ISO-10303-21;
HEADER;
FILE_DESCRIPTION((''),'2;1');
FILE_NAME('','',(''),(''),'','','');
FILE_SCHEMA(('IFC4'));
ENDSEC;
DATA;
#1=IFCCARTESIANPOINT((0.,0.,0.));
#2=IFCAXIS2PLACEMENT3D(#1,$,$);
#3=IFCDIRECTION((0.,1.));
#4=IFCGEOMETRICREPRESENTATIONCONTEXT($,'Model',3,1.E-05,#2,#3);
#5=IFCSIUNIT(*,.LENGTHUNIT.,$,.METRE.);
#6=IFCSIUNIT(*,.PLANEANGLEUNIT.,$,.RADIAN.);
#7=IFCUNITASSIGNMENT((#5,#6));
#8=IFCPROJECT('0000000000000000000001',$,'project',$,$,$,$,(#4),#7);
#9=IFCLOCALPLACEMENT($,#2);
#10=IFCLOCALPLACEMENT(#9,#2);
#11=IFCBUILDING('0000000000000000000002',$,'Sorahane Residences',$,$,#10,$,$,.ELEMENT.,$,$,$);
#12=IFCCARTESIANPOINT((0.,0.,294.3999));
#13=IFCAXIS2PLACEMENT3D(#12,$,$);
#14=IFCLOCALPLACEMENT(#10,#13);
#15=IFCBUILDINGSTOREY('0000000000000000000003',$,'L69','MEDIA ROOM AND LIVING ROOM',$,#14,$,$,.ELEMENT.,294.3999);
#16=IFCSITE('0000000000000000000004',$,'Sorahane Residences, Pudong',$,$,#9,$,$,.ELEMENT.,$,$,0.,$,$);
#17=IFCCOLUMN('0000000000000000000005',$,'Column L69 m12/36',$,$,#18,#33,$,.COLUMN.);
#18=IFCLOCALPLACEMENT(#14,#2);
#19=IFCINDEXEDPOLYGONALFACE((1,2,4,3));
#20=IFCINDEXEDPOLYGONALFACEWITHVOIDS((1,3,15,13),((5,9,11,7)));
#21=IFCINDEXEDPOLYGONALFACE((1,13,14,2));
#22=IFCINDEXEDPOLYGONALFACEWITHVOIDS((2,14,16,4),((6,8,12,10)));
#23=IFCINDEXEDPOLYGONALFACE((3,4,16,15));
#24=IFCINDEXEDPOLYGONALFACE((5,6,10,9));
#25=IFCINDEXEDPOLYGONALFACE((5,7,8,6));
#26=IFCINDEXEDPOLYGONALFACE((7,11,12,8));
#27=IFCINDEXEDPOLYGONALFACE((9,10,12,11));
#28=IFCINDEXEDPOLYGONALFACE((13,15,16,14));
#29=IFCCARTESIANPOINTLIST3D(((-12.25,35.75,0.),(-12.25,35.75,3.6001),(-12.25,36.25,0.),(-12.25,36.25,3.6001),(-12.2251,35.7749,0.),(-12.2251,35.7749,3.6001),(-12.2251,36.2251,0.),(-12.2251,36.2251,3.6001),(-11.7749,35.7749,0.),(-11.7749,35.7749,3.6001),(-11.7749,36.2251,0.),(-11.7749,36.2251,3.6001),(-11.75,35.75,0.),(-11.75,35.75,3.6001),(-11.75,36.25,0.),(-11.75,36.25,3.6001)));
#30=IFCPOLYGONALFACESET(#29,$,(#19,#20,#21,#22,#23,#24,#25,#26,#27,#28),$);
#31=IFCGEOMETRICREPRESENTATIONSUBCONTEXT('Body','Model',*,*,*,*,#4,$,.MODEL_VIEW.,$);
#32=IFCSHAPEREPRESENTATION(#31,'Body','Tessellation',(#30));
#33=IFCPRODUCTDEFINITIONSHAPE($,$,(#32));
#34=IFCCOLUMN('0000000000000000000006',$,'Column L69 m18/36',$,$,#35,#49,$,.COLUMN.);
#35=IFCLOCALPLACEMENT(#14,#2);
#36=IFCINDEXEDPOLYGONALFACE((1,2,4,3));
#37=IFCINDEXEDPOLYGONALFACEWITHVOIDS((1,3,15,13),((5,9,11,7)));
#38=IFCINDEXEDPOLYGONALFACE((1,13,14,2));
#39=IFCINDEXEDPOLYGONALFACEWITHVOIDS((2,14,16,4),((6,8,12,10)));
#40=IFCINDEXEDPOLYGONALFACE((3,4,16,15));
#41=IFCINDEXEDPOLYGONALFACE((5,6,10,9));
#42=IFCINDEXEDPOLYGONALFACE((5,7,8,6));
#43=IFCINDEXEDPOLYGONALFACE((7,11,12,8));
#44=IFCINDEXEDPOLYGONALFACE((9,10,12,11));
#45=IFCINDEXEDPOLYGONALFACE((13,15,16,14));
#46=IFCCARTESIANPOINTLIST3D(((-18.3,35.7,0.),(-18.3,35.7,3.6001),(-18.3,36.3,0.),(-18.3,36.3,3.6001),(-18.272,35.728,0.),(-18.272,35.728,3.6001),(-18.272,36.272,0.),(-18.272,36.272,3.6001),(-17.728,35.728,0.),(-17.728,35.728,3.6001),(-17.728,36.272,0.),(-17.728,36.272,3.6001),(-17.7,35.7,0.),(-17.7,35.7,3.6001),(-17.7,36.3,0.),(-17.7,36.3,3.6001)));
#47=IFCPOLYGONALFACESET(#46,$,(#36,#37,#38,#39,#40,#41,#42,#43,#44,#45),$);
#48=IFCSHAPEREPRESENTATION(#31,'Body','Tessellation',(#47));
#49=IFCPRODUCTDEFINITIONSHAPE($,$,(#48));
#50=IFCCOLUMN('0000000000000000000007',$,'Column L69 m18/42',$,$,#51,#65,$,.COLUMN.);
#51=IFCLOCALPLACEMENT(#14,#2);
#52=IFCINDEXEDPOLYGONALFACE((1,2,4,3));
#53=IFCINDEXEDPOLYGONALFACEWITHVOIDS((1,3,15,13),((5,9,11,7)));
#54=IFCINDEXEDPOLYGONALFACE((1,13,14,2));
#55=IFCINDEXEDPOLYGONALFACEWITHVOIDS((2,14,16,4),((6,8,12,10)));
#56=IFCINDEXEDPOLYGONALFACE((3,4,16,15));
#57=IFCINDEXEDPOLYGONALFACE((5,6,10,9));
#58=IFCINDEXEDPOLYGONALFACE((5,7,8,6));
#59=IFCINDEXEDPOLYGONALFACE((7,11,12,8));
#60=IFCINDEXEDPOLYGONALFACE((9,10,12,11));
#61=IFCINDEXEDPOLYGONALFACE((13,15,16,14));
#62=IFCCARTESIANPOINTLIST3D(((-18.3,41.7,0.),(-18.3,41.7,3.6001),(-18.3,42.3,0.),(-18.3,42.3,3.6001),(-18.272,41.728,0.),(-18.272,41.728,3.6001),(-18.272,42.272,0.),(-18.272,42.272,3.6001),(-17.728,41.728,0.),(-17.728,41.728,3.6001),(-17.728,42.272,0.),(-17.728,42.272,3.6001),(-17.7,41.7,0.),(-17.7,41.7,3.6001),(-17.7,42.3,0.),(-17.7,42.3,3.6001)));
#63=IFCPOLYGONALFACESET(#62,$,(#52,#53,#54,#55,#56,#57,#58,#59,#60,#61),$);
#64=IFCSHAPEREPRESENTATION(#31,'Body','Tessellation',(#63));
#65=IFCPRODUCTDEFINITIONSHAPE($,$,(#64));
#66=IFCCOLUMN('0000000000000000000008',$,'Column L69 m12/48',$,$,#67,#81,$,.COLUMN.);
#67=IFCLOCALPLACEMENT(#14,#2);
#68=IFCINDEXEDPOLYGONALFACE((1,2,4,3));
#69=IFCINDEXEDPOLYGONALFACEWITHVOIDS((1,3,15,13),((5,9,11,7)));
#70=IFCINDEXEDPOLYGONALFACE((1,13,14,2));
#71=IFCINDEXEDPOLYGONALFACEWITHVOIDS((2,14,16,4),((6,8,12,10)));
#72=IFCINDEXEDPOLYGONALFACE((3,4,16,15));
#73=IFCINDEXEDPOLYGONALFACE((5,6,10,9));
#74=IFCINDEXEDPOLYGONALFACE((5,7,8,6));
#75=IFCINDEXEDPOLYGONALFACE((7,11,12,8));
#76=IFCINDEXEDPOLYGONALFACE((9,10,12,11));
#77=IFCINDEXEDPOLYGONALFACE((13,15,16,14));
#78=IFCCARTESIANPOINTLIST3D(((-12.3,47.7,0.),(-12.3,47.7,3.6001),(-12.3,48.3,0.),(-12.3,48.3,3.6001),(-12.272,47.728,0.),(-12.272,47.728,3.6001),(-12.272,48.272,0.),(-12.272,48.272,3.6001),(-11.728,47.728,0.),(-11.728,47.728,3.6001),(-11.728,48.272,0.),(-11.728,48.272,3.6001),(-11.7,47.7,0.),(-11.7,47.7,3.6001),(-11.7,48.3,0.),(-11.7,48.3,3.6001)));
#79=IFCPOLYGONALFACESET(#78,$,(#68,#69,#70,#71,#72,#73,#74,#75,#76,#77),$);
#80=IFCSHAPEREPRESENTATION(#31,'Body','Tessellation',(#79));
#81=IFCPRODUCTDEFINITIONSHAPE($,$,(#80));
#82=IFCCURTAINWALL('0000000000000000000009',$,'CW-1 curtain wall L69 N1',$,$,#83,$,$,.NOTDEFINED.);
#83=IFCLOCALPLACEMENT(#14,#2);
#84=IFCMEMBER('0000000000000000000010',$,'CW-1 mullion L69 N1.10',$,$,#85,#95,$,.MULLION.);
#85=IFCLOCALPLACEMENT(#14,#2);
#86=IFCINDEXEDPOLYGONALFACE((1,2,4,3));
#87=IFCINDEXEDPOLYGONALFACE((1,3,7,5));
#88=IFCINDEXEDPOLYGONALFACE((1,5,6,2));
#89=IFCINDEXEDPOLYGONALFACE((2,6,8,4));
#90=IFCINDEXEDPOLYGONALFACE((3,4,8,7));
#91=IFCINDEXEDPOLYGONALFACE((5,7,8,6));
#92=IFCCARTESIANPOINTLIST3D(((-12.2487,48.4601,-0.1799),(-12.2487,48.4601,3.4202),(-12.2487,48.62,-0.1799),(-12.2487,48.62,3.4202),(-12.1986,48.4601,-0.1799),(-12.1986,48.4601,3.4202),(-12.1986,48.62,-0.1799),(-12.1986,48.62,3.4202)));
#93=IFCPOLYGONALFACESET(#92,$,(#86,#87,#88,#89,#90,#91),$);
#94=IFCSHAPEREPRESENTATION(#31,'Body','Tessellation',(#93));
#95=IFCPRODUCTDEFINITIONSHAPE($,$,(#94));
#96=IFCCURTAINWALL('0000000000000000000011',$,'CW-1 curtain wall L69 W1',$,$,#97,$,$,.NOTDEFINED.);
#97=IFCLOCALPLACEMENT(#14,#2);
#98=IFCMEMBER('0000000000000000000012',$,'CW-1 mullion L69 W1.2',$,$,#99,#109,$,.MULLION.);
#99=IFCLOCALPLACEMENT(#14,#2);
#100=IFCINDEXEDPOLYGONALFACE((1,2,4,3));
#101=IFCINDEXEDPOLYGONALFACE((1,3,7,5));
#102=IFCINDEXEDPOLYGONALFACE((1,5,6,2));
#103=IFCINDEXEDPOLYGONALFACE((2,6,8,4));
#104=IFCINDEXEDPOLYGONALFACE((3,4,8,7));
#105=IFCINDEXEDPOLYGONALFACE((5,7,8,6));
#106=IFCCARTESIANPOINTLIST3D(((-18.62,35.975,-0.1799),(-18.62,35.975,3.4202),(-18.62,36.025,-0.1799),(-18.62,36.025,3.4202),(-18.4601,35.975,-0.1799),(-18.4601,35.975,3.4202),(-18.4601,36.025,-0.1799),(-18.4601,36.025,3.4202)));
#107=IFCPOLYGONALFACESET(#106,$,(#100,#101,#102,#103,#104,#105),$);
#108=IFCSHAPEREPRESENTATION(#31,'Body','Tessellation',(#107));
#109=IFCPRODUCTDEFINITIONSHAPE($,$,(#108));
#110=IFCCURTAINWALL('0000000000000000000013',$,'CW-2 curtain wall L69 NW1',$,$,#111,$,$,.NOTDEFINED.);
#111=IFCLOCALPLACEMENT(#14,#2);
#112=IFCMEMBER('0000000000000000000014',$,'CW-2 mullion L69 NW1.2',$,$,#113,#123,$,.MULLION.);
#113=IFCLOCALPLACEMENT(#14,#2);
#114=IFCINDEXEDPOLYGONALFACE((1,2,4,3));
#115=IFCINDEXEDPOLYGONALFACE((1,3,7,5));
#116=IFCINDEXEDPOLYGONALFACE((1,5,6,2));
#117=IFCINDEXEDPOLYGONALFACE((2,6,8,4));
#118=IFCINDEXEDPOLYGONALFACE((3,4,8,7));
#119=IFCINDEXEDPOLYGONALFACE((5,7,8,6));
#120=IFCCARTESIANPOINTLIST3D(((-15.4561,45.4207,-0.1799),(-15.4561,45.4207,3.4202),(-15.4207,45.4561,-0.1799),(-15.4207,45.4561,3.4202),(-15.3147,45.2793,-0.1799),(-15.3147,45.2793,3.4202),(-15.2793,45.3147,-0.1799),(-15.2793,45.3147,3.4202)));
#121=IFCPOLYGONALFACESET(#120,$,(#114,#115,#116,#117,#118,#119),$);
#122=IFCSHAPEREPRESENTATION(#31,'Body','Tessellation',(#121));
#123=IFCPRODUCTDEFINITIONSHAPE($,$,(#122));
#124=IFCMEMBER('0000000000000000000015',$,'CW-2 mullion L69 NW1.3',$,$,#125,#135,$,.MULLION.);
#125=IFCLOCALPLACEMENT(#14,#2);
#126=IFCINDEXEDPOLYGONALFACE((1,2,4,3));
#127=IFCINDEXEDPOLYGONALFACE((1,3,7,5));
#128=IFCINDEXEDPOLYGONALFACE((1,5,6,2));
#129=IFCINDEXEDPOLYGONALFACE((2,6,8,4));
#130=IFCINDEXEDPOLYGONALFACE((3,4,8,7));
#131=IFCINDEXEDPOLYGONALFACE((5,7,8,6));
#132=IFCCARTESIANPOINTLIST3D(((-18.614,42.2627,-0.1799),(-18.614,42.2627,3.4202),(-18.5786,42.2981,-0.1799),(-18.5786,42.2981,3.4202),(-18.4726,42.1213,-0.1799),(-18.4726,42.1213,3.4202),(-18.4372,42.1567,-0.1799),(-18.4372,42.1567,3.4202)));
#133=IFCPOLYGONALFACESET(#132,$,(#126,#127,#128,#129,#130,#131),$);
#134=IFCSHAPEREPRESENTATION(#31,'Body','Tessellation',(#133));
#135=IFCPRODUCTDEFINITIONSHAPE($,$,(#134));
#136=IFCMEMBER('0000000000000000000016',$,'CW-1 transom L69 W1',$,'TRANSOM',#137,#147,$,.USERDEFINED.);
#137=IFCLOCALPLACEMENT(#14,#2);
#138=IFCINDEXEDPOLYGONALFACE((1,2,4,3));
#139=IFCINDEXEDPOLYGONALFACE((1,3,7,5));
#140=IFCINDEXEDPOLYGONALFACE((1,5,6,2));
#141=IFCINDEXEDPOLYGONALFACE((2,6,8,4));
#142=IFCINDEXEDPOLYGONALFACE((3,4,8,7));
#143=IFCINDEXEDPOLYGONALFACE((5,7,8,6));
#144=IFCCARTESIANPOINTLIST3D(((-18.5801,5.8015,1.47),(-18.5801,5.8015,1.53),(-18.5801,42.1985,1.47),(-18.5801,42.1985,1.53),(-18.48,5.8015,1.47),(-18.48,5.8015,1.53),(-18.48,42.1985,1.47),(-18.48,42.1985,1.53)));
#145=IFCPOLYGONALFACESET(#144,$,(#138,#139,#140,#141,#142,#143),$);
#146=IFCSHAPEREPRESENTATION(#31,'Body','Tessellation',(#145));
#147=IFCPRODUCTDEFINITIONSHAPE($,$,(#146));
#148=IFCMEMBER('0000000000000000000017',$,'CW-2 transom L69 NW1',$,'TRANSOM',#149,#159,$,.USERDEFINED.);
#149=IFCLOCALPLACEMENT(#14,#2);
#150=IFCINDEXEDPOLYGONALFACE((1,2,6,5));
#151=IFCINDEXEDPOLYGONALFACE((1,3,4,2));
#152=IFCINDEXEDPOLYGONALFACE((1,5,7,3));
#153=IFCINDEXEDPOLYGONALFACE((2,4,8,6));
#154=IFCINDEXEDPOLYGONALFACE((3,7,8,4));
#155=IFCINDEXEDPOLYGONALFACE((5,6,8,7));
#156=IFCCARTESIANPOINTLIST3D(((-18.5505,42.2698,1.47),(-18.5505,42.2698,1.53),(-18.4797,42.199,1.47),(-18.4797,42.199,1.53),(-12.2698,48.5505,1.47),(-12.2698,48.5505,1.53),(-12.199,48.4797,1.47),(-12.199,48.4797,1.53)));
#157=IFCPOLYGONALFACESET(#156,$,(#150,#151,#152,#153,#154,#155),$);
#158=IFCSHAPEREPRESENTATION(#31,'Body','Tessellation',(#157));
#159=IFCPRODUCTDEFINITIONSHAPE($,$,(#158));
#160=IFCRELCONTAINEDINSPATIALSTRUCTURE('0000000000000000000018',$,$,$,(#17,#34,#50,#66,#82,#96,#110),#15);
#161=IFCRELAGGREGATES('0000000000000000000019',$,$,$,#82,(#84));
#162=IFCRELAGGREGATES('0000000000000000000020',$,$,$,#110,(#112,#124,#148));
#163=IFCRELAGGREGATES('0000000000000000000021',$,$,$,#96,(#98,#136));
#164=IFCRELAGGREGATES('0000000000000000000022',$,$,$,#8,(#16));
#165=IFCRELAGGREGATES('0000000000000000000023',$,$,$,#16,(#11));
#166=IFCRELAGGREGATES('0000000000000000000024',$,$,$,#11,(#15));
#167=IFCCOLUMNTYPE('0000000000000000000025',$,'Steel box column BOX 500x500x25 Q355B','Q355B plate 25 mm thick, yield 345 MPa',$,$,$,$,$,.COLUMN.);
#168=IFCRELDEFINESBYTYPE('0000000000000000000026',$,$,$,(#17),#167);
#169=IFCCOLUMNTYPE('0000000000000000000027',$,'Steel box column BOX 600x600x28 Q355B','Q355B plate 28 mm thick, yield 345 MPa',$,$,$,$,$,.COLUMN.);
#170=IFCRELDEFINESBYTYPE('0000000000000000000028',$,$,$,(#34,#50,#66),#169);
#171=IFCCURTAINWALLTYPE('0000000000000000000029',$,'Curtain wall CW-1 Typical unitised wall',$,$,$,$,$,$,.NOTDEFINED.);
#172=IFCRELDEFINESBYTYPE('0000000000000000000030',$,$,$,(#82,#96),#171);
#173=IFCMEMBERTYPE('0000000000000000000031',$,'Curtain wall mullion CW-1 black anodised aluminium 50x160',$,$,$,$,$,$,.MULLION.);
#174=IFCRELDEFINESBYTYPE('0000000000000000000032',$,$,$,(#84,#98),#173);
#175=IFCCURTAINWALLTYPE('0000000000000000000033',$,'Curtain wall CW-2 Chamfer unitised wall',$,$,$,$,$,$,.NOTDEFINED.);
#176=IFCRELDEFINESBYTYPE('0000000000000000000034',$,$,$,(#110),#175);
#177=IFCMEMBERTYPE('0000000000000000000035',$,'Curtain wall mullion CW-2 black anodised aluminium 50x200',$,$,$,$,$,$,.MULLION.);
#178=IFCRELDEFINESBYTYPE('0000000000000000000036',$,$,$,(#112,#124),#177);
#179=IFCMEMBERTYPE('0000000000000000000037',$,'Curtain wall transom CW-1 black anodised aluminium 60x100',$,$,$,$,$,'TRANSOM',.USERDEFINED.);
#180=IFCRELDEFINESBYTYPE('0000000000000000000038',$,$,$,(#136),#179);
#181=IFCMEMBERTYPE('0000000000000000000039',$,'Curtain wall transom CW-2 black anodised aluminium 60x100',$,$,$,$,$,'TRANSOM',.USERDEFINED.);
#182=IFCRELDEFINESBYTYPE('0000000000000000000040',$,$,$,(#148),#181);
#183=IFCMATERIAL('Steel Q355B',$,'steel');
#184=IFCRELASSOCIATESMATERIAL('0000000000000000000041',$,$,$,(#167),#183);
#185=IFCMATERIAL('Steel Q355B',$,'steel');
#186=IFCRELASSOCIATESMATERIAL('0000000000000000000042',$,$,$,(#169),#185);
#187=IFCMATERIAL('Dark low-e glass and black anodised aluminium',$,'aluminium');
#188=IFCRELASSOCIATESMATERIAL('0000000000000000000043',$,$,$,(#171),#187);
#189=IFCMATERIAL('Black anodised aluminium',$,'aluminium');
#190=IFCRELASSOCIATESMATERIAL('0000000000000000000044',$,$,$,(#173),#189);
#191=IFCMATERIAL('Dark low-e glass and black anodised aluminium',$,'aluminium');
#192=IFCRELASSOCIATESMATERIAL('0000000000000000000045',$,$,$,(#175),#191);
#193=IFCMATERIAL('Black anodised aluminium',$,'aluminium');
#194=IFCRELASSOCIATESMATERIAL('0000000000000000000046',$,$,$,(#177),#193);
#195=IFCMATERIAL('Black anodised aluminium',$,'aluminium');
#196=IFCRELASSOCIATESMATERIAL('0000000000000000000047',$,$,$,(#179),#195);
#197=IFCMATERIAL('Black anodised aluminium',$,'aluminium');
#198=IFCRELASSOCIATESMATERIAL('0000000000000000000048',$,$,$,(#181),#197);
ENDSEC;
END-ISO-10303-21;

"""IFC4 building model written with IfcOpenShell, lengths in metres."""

from ifc_helpers import new_model, si_unit, direction, frame, origin, origin_2d, place, context, subcontext, project, spatial, rectangle, hollow_rectangle, extrude, material, material_profile, profile_set, type_object, element, aggregate, save


model = new_model("IFC4")

# Units and contexts
model_context = context("Model", 3, precision=1e-05, world=origin(), true_north=direction((0.0, 1.0)))
body_context = subcontext(model_context, "Body", "Model", "MODEL_VIEW")
ifc_project = project(units=[si_unit("LENGTHUNIT", "METRE"), si_unit("PLANEANGLEUNIT", "RADIAN")], contexts=[model_context])

# Site, building, storey
site_placement = place(None, origin())
site = spatial("IfcSite", under=ifc_project, at=site_placement, Name="Sorahane Residences, Pudong", CompositionType="ELEMENT", RefElevation=0.0)
building_placement = place(site_placement, origin())
building = spatial("IfcBuilding", under=site, at=building_placement, Name="Sorahane Residences", CompositionType="ELEMENT")
storey_placement = place(building_placement, frame((0.0, 0.0, 294.3999)))
storey = spatial("IfcBuildingStorey", under=building, at=storey_placement, Name="L69", Description="MEDIA ROOM AND LIVING ROOM", CompositionType="ELEMENT", Elevation=294.3999)

# Columns
ifc_material_1 = material(Name="Steel Q355B", Category="steel")
ifc_material_profile_1 = material_profile(ifc_material_1, hollow_rectangle(XDim=0.5, YDim=0.5, WallThickness=0.0249, at=origin_2d()), Name="BOX 500x500x25")
ifc_profile_set_1 = profile_set([ifc_material_profile_1], Name="Steel Q355B")
column_type_1 = type_object("IfcColumnType", Name="Steel box column BOX 500x500x25 Q355B", Description="Q355B plate 25 mm thick, yield 345 MPa", PredefinedType="COLUMN", material=ifc_profile_set_1)
column_placement = place(storey_placement, frame((-12.0, 36.0, 0.0), z_axis=(0.0, 0.0, 1.0), x_axis=(1.0, 0.0, 0.0)))
element("IfcColumn", 1, at=column_placement, inside=storey, type_object=column_type_1, Name="Column L69 m12/36", PredefinedType="COLUMN", context=body_context, shape_type="SweptSolid", body=[
    extrude(hollow_rectangle(XDim=0.5, YDim=0.5, WallThickness=0.0249, at=origin_2d()), origin(), (0.0, 0.0, 1.0), 3.6001),
])
ifc_material_2 = material(Name="Steel Q355B", Category="steel")
ifc_material_profile_2 = material_profile(ifc_material_2, hollow_rectangle(XDim=0.6001, YDim=0.6001, WallThickness=0.0281, at=origin_2d()), Name="BOX 600x600x28")
ifc_profile_set_2 = profile_set([ifc_material_profile_2], Name="Steel Q355B")
column_type_2 = type_object("IfcColumnType", Name="Steel box column BOX 600x600x28 Q355B", Description="Q355B plate 28 mm thick, yield 345 MPa", PredefinedType="COLUMN", material=ifc_profile_set_2)
for number, where, z_axis, x_axis, name in (
    (2, (-18.0, 36.0, 0.0), (0.0, 0.0, 1.0), (1.0, 0.0, 0.0), "Column L69 m18/36"),
    (3, (-18.0, 42.0, 0.0), (0.0, 0.0, 1.0), (1.0, 0.0, 0.0), "Column L69 m18/42"),
    (4, (-12.0, 48.0, 0.0), (0.0, 0.0, 1.0), (1.0, 0.0, 0.0), "Column L69 m12/48"),
):
    element("IfcColumn", number, at=place(storey_placement, frame(where, z_axis=z_axis, x_axis=x_axis)), inside=storey, type_object=column_type_2, Name=name, PredefinedType="COLUMN", context=body_context, shape_type="SweptSolid", body=[
        extrude(hollow_rectangle(XDim=0.6001, YDim=0.6001, WallThickness=0.0281, at=origin_2d()), origin(), (0.0, 0.0, 1.0), 3.6001),
    ])

# Curtain walls, members
ifc_material_3 = material(Name="Dark low-e glass and black anodised aluminium", Category="aluminium")
curtain_wall_type_1 = type_object("IfcCurtainWallType", Name="Curtain wall CW-1 Typical unitised wall", PredefinedType="NOTDEFINED", material=ifc_material_3)
curtain_wall_1_placement = place(storey_placement, origin())
curtain_wall_1 = element("IfcCurtainWall", 5, at=curtain_wall_1_placement, inside=storey, type_object=curtain_wall_type_1, Name="CW-1 curtain wall L69 N1", PredefinedType="NOTDEFINED")
ifc_material_4 = material(Name="Black anodised aluminium", Category="aluminium")
ifc_material_profile_3 = material_profile(ifc_material_4, rectangle(XDim=0.1599, YDim=0.05, at=origin_2d()), Name="Curtain wall mullion CW-1 black anodised aluminium 50x160")
ifc_profile_set_3 = profile_set([ifc_material_profile_3], Name="Black anodised aluminium")
member_type_1 = type_object("IfcMemberType", Name="Curtain wall mullion CW-1 black anodised aluminium 50x160", PredefinedType="MULLION", material=ifc_profile_set_3)
member_1_placement = place(storey_placement, frame((-12.2236, 48.54, -0.1799), z_axis=(0.0, 0.0, 1.0), x_axis=(0.0, 1.0, 0.0)))
member_1 = element("IfcMember", 6, at=member_1_placement, type_object=member_type_1, Name="CW-1 mullion L69 N1.10", PredefinedType="MULLION", context=body_context, shape_type="SweptSolid", body=[
    extrude(rectangle(XDim=0.1599, YDim=0.05, at=origin_2d()), origin(), (0.0, 0.0, 1.0), 3.6001),
])
curtain_wall_2_placement = place(storey_placement, origin())
curtain_wall_2 = element("IfcCurtainWall", 7, at=curtain_wall_2_placement, inside=storey, type_object=curtain_wall_type_1, Name="CW-1 curtain wall L69 W1", PredefinedType="NOTDEFINED")
member_2_placement = place(storey_placement, frame((-18.54, 36.0, -0.1799), z_axis=(0.0, 0.0, 1.0), x_axis=(-1.0, 0.0, 0.0)))
member_2 = element("IfcMember", 8, at=member_2_placement, type_object=member_type_1, Name="CW-1 mullion L69 W1.2", PredefinedType="MULLION", context=body_context, shape_type="SweptSolid", body=[
    extrude(rectangle(XDim=0.1599, YDim=0.05, at=origin_2d()), origin(), (0.0, 0.0, 1.0), 3.6001),
])

# Curtain wall, members
ifc_material_5 = material(Name="Dark low-e glass and black anodised aluminium", Category="aluminium")
curtain_wall_type_2 = type_object("IfcCurtainWallType", Name="Curtain wall CW-2 Chamfer unitised wall", PredefinedType="NOTDEFINED", material=ifc_material_5)
curtain_wall_3_placement = place(storey_placement, origin())
curtain_wall_3 = element("IfcCurtainWall", 9, at=curtain_wall_3_placement, inside=storey, type_object=curtain_wall_type_2, Name="CW-2 curtain wall L69 NW1", PredefinedType="NOTDEFINED")
ifc_material_6 = material(Name="Black anodised aluminium", Category="aluminium")
ifc_material_profile_4 = material_profile(ifc_material_6, rectangle(XDim=0.2, YDim=0.05, at=origin_2d()), Name="Curtain wall mullion CW-2 black anodised aluminium 50x200")
ifc_profile_set_4 = profile_set([ifc_material_profile_4], Name="Black anodised aluminium")
member_type_2 = type_object("IfcMemberType", Name="Curtain wall mullion CW-2 black anodised aluminium 50x200", PredefinedType="MULLION", material=ifc_profile_set_4)
member_3_placement = place(storey_placement, frame((-15.3677, 45.3677, -0.1799), z_axis=(0.0, 0.0, 1.0), x_axis=(-0.707107, 0.707107, 0.0)))
member_3 = element("IfcMember", 10, at=member_3_placement, type_object=member_type_2, Name="CW-2 mullion L69 NW1.2", PredefinedType="MULLION", context=body_context, shape_type="SweptSolid", body=[
    extrude(rectangle(XDim=0.2, YDim=0.05, at=origin_2d()), origin(), (0.0, 0.0, 1.0), 3.6001),
])
member_4_placement = place(storey_placement, frame((-18.5256, 42.2097, -0.1799), z_axis=(0.0, 0.0, 1.0), x_axis=(-0.707107, 0.707107, 0.0)))
member_4 = element("IfcMember", 11, at=member_4_placement, type_object=member_type_2, Name="CW-2 mullion L69 NW1.3", PredefinedType="MULLION", context=body_context, shape_type="SweptSolid", body=[
    extrude(rectangle(XDim=0.2, YDim=0.05, at=origin_2d()), origin(), (0.0, 0.0, 1.0), 3.6001),
])

# Members
ifc_material_7 = material(Name="Black anodised aluminium", Category="aluminium")
ifc_material_profile_5 = material_profile(ifc_material_7, rectangle(XDim=0.1001, YDim=0.0601, at=origin_2d()), Name="Curtain wall transom CW-1 black anodised aluminium 60x100")
ifc_profile_set_5 = profile_set([ifc_material_profile_5], Name="Black anodised aluminium")
member_type_3 = type_object("IfcMemberType", Name="Curtain wall transom CW-1 black anodised aluminium 60x100", ElementType="TRANSOM", PredefinedType="USERDEFINED", material=ifc_profile_set_5)
member_5_placement = place(storey_placement, frame((-18.53, 42.1985, 1.5), z_axis=(0.0, -1.0, 0.0), x_axis=(1.0, 0.0, 0.0)))
member_5 = element("IfcMember", 12, at=member_5_placement, type_object=member_type_3, Name="CW-1 transom L69 W1", ObjectType="TRANSOM", PredefinedType="USERDEFINED", context=body_context, shape_type="SweptSolid", body=[
    extrude(rectangle(XDim=0.1001, YDim=0.0601, at=origin_2d()), origin(), (0.0, 0.0, 1.0), 36.397),
])
ifc_material_8 = material(Name="Black anodised aluminium", Category="aluminium")
ifc_material_profile_6 = material_profile(ifc_material_8, rectangle(XDim=0.1001, YDim=0.0601, at=origin_2d()), Name="Curtain wall transom CW-2 black anodised aluminium 60x100")
ifc_profile_set_6 = profile_set([ifc_material_profile_6], Name="Black anodised aluminium")
member_type_4 = type_object("IfcMemberType", Name="Curtain wall transom CW-2 black anodised aluminium 60x100", ElementType="TRANSOM", PredefinedType="USERDEFINED", material=ifc_profile_set_6)
member_6_placement = place(storey_placement, frame((-12.2344, 48.5151, 1.5), z_axis=(-0.707107, -0.707107, 0.0), x_axis=(0.707107, -0.707107, 0.0)))
member_6 = element("IfcMember", 13, at=member_6_placement, type_object=member_type_4, Name="CW-2 transom L69 NW1", ObjectType="TRANSOM", PredefinedType="USERDEFINED", context=body_context, shape_type="SweptSolid", body=[
    extrude(rectangle(XDim=0.1001, YDim=0.0601, at=origin_2d()), origin(), (0.0, 0.0, 1.0), 8.8823),
])

aggregate(curtain_wall_1, [member_1])
aggregate(curtain_wall_3, [member_3, member_4, member_6])
aggregate(curtain_wall_2, [member_2, member_5])

save(model, "model.ifc")
